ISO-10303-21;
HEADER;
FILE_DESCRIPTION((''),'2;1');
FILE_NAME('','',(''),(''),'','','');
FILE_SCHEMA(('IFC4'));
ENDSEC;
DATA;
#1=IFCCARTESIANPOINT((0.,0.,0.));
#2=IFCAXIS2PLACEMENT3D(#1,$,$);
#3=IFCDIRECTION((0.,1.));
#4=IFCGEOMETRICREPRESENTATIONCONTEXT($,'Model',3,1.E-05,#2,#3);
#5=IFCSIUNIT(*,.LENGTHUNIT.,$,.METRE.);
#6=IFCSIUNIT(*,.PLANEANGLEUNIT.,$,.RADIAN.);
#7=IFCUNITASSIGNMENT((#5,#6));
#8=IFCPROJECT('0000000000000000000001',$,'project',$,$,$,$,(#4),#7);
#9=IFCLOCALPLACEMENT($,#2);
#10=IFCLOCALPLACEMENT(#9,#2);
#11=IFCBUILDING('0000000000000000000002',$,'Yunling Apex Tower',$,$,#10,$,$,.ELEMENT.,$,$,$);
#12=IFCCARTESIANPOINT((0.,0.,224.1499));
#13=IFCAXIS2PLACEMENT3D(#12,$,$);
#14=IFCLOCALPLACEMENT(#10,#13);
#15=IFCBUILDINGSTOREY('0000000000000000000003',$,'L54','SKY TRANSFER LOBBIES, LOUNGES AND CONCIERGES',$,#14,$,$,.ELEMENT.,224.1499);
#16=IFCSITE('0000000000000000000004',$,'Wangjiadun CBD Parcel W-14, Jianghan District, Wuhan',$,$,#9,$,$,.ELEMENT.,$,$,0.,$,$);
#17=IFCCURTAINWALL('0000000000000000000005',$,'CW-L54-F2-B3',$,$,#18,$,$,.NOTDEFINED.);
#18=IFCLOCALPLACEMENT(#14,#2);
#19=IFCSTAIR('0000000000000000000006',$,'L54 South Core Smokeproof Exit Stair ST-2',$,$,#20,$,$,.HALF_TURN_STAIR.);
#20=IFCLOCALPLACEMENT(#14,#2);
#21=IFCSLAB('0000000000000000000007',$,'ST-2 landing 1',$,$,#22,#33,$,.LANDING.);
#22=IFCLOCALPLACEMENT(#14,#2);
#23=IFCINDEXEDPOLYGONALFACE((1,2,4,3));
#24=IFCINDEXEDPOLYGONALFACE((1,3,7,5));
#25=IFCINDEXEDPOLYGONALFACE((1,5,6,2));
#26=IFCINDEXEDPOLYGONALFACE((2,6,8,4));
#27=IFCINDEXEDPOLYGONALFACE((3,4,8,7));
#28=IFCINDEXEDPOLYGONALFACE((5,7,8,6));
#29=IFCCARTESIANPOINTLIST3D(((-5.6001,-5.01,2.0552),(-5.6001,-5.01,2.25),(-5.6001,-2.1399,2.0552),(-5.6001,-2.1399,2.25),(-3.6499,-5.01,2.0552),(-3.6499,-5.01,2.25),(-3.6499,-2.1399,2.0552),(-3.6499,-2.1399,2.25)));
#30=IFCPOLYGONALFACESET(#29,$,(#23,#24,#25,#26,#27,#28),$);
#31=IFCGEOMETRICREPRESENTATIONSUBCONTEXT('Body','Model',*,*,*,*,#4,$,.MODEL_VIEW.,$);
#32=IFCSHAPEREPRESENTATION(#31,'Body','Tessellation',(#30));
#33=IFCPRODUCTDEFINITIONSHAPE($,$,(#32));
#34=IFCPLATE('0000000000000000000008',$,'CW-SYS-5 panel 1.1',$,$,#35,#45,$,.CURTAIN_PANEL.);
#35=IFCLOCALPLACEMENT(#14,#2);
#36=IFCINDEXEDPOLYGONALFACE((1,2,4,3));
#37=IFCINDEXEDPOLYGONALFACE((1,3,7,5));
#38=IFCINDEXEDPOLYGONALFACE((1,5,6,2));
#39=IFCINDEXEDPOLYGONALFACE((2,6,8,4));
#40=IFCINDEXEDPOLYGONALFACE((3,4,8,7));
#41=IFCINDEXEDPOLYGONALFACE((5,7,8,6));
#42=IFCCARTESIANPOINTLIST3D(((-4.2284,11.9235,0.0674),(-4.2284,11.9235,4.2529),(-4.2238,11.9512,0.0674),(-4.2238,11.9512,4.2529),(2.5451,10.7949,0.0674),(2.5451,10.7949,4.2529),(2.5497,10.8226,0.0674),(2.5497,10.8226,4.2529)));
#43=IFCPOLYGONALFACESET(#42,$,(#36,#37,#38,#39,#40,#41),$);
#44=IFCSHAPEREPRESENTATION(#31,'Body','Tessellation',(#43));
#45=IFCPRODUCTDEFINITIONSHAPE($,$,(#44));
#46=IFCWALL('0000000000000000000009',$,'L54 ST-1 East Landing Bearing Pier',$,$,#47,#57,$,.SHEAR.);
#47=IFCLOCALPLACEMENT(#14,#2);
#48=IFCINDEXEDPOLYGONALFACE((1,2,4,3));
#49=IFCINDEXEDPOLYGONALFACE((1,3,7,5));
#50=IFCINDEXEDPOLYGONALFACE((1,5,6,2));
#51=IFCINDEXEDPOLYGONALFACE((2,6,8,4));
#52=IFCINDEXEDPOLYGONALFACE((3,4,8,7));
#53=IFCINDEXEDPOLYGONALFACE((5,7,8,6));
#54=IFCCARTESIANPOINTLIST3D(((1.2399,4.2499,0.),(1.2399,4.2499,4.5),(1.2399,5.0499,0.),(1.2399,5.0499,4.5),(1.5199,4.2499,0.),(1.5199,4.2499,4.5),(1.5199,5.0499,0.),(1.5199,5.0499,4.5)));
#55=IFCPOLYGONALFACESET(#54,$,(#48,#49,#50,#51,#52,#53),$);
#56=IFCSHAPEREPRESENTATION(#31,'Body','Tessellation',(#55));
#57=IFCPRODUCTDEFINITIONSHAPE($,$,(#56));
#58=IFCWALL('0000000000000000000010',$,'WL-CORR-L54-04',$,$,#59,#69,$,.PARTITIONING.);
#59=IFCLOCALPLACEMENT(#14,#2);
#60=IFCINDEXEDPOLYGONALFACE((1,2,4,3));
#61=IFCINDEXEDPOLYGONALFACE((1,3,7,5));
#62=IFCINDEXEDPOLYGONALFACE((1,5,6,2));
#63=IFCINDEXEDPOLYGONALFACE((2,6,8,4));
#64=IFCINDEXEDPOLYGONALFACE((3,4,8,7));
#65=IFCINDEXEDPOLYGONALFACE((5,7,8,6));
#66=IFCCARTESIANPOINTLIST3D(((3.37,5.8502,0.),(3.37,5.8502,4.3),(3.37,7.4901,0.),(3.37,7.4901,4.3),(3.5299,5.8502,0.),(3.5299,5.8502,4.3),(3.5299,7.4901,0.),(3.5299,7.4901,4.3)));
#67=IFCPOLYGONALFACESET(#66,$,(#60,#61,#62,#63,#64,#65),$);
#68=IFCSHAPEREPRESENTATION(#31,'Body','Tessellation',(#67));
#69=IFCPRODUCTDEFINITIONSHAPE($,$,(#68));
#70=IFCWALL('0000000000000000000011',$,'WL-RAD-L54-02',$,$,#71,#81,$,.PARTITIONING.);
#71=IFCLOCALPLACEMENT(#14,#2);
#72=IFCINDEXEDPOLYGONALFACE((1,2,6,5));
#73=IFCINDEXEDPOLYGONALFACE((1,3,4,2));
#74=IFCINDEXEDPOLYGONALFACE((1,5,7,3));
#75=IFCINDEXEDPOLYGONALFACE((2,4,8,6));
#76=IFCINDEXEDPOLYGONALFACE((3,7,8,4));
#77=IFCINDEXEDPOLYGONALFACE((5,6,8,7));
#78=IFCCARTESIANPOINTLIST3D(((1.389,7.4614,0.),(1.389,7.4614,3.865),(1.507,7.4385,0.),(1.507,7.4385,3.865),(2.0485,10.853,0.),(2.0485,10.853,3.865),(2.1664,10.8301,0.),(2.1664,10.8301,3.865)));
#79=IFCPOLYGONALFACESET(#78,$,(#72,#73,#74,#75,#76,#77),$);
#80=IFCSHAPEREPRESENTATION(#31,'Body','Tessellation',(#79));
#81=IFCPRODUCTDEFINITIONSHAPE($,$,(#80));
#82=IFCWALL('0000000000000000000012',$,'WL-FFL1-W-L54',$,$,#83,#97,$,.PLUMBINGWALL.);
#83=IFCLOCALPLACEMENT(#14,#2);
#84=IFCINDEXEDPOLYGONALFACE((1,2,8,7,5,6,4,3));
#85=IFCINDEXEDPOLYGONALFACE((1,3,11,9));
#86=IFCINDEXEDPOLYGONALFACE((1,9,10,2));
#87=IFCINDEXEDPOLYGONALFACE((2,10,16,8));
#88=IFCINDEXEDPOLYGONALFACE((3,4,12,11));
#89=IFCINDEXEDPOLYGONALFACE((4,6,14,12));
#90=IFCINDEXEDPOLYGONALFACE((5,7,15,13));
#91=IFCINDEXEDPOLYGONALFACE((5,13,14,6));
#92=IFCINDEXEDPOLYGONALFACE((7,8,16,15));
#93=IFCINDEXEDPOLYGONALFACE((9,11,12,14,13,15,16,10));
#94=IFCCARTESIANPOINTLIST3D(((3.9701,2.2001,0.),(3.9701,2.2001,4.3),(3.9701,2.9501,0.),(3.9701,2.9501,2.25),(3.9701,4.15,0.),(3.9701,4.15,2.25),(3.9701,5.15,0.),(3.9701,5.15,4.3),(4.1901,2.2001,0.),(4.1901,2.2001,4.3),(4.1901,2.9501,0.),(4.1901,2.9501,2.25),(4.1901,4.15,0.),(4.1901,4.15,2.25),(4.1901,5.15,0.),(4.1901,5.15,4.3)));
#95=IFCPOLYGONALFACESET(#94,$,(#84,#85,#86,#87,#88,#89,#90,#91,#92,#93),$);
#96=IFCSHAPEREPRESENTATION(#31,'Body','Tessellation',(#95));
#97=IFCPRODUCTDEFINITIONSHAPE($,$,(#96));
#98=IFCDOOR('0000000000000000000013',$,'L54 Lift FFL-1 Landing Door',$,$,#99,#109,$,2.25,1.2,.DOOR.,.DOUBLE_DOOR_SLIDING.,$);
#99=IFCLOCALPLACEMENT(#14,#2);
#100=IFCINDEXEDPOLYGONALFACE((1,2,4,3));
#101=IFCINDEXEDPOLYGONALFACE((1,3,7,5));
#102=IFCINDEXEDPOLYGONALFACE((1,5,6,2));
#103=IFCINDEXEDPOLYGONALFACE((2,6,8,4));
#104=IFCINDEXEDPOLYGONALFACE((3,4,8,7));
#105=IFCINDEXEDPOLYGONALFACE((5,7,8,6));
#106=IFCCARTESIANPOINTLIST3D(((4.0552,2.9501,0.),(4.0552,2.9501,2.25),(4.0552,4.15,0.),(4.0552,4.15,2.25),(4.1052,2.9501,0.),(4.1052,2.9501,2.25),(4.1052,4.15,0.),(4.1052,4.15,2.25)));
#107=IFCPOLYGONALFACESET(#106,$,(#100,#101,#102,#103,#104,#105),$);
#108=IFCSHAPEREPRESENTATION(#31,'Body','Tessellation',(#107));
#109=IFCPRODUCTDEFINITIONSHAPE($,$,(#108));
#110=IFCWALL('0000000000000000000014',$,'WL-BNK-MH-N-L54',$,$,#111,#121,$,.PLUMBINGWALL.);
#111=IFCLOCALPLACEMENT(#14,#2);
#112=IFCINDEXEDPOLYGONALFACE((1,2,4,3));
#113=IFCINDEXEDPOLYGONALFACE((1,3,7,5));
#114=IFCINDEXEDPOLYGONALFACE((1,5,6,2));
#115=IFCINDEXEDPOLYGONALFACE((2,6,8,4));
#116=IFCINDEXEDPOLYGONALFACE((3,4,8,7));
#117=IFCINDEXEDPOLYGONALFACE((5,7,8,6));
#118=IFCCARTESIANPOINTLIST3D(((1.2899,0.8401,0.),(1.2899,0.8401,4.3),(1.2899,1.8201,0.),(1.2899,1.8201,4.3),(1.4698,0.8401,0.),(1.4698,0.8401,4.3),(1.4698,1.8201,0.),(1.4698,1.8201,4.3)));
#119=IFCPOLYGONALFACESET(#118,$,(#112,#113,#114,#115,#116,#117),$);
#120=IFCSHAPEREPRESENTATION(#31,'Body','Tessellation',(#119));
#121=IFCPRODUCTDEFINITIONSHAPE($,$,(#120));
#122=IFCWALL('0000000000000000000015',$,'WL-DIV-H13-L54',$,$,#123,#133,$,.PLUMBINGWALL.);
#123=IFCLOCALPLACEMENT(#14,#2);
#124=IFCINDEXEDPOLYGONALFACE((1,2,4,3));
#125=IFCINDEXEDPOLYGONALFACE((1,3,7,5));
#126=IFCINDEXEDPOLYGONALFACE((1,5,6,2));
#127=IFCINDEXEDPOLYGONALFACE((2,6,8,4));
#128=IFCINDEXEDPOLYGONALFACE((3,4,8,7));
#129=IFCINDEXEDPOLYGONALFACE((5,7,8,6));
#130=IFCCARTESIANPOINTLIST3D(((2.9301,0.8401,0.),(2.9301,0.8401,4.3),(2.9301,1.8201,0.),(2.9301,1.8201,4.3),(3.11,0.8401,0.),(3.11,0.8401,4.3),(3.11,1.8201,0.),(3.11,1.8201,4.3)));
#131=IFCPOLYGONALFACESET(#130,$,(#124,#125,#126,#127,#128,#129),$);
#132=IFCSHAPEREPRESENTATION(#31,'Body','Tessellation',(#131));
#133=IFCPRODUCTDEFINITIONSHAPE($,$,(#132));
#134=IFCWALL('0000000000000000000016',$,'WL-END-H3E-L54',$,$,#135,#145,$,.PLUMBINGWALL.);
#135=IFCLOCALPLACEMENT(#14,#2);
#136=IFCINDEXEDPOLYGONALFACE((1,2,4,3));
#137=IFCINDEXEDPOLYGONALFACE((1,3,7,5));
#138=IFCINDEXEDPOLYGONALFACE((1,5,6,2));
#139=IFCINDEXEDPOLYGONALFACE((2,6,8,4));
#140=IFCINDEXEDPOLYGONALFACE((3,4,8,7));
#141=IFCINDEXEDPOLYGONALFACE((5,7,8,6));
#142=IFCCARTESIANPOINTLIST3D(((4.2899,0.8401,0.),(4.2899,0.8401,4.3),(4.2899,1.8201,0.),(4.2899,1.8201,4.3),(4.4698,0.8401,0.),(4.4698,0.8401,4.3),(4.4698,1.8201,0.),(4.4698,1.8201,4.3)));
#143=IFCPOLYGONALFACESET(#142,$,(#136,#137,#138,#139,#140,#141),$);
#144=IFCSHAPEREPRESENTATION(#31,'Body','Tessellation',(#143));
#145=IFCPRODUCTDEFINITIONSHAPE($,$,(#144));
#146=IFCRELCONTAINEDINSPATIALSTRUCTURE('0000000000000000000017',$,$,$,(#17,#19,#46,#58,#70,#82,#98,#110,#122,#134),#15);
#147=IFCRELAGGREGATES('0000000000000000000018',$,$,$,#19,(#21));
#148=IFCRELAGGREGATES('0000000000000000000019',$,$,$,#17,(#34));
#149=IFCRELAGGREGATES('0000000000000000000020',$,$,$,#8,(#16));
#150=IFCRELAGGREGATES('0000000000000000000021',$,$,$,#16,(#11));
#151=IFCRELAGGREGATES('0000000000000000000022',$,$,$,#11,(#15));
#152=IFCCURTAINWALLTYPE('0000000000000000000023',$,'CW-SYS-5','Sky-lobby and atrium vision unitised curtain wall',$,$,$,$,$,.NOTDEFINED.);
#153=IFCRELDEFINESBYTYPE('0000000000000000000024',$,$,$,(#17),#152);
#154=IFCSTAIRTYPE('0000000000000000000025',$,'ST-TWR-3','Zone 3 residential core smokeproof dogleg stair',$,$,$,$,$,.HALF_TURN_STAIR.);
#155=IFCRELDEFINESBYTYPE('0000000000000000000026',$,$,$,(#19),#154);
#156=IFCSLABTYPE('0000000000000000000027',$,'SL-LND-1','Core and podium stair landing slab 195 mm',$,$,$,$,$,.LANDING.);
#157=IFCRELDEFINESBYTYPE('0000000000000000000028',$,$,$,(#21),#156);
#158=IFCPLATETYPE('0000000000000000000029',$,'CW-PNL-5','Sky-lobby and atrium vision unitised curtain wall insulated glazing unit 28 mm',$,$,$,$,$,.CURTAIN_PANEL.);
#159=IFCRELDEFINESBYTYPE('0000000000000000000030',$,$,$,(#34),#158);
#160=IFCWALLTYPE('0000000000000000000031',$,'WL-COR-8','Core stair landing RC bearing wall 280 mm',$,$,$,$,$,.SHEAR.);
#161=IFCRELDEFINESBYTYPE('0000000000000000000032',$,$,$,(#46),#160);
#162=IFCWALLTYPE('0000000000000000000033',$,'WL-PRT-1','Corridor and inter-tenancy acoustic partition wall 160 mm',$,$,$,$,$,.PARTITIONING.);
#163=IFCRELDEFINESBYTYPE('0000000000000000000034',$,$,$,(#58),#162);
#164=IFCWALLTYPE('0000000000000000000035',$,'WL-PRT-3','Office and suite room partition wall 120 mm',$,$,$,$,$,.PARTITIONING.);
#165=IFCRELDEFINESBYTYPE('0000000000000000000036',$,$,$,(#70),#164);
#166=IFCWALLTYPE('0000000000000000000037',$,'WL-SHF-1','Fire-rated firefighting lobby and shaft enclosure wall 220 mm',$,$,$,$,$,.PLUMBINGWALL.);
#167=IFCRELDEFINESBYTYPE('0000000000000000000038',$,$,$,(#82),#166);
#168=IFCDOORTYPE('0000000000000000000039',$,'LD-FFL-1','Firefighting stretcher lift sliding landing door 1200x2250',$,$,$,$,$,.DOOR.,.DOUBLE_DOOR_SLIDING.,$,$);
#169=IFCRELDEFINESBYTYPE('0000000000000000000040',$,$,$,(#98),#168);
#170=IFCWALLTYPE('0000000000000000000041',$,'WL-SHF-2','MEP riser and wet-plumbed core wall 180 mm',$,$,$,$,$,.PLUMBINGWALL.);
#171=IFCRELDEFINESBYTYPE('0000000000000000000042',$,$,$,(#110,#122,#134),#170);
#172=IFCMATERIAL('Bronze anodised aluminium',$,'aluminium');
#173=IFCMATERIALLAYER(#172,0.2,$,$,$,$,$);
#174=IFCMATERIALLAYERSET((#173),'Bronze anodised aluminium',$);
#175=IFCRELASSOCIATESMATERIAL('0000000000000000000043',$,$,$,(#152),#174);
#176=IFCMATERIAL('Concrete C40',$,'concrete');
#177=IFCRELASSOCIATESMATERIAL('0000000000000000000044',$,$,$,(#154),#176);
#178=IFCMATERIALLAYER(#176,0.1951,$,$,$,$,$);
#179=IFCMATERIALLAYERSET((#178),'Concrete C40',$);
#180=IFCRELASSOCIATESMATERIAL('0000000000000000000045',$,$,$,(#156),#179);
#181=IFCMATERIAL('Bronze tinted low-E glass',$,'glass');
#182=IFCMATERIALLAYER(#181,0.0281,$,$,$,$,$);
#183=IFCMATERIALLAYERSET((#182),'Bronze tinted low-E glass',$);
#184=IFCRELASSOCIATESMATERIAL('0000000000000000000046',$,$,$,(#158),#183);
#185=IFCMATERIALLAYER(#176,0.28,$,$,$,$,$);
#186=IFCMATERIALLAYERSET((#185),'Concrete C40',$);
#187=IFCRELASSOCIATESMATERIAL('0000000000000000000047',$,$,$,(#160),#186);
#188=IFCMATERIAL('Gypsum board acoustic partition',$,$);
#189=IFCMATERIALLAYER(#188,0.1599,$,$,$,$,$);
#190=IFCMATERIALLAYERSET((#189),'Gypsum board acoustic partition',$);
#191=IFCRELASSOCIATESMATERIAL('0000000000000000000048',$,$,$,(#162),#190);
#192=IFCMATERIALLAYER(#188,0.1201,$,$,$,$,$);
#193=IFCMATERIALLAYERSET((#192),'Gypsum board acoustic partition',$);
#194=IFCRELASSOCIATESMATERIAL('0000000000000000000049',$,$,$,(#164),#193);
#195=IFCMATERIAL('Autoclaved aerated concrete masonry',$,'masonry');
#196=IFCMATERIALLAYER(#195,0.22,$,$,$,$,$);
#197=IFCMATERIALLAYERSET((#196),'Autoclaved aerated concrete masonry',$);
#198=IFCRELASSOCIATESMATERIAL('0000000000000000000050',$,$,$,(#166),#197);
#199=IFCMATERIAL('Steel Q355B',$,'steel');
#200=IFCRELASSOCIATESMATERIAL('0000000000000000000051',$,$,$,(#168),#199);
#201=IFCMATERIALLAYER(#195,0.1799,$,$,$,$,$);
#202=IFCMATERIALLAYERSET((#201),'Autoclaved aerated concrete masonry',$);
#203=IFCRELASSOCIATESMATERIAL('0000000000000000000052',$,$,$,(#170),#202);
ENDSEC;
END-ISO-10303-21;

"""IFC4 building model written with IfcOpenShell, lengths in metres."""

from ifc_helpers import new_model, si_unit, direction, frame, frame_2d, origin, origin_2d, place, context, subcontext, project, spatial, polyline, rectangle, outline, extrude, source, transform, mapped, material, layer, layer_set, type_object, element, fill, aggregate, save


model = new_model("IFC4")

# Units and contexts
model_context = context("Model", 3, precision=1e-05, world=origin(), true_north=direction((0.0, 1.0)))
body_context = subcontext(model_context, "Body", "Model", "MODEL_VIEW")
ifc_project = project(units=[si_unit("LENGTHUNIT", "METRE"), si_unit("PLANEANGLEUNIT", "RADIAN")], contexts=[model_context])

# Site, building, storey
site_placement = place(None, origin())
site = spatial("IfcSite", under=ifc_project, at=site_placement, Name="Wangjiadun CBD Parcel W-14, Jianghan District, Wuhan", CompositionType="ELEMENT", RefElevation=0.0)
building_placement = place(site_placement, origin())
building = spatial("IfcBuilding", under=site, at=building_placement, Name="Yunling Apex Tower", CompositionType="ELEMENT")
storey_placement = place(building_placement, frame((0.0, 0.0, 224.1499)))
storey = spatial("IfcBuildingStorey", under=building, at=storey_placement, Name="L54", Description="SKY TRANSFER LOBBIES, LOUNGES AND CONCIERGES", CompositionType="ELEMENT", Elevation=224.1499)

# Shared definitions
ifc_material_1 = material(Name="Steel Q355B", Category="steel")

# Shared definitions
ifc_material_2 = material(Name="Bronze anodised aluminium", Category="aluminium")
ifc_layer_1 = layer(ifc_material_2, 0.2)
ifc_layer_set_1 = layer_set([ifc_layer_1], Name="Bronze anodised aluminium")
curtain_wall_type = type_object("IfcCurtainWallType", Name="CW-SYS-5", Description="Sky-lobby and atrium vision unitised curtain wall", PredefinedType="NOTDEFINED", material=ifc_layer_set_1)

# Curtain wall
curtain_wall_1_placement = place(storey_placement, origin())
curtain_wall_1 = element("IfcCurtainWall", 1, at=curtain_wall_1_placement, inside=storey, type_object=curtain_wall_type, Name="CW-L54-F2-B3", PredefinedType="NOTDEFINED")

# Shared definitions
ifc_material_3 = material(Name="Concrete C40", Category="concrete")

# Stair, slab
stair_type = type_object("IfcStairType", Name="ST-TWR-3", Description="Zone 3 residential core smokeproof dogleg stair", PredefinedType="HALF_TURN_STAIR", material=ifc_material_3)
ifc_layer_2 = layer(ifc_material_3, 0.1951)
ifc_layer_set_2 = layer_set([ifc_layer_2], Name="Concrete C40")
slab_type_1 = type_object("IfcSlabType", Name="SL-LND-1", Description="Core and podium stair landing slab 195 mm", PredefinedType="LANDING", material=ifc_layer_set_2)
stair_1_placement = place(storey_placement, origin())
stair_1 = element("IfcStair", 2, at=stair_1_placement, inside=storey, type_object=stair_type, Name="L54 South Core Smokeproof Exit Stair ST-2", PredefinedType="HALF_TURN_STAIR")
slab_1_placement = place(storey_placement, frame((0.0, 0.0, 2.0552)))
slab_1 = element("IfcSlab", 3, at=slab_1_placement, type_object=slab_type_1, Name="ST-2 landing 1", PredefinedType="LANDING", context=body_context, shape_type="SweptSolid", body=[
    extrude(outline(polyline([(-3.6499, -2.1399), (-5.6001, -2.1399), (-5.6001, -5.01), (-3.6499, -5.01), (-3.6499, -2.1399)])), origin(), (0.0, 0.0, 1.0), 0.1948),
])
aggregate(stair_1, [slab_1])

# Plate
ifc_material_4 = material(Name="Bronze tinted low-E glass", Category="glass")
ifc_layer_3 = layer(ifc_material_4, 0.0281)
ifc_layer_set_3 = layer_set([ifc_layer_3], Name="Bronze tinted low-E glass")
plate_type = type_object("IfcPlateType", Name="CW-PNL-5", Description="Sky-lobby and atrium vision unitised curtain wall insulated glazing unit 28 mm", PredefinedType="CURTAIN_PANEL", material=ifc_layer_set_3)
shared_shape_1 = source(origin(), body_context, "Body", "SweptSolid", [
    extrude(rectangle(XDim=6.8669, YDim=0.0281, at=origin_2d()), origin(), (0.0, 0.0, 1.0), 4.1855),
])
plate_placement = place(storey_placement, frame((-0.8394, 11.373, 0.0674), z_axis=(0.0, 0.0, 1.0), x_axis=(-0.986402, 0.164353, 0.0)))
plate = element("IfcPlate", 4, at=plate_placement, type_object=plate_type, Name="CW-SYS-5 panel 1.1", PredefinedType="CURTAIN_PANEL", context=body_context, shape_type="MappedRepresentation", body=[
    mapped(shared_shape_1, transform((0.0, 0.0, 0.0), scale=1.0)),
])
aggregate(curtain_wall_1, [plate])

# Walls
ifc_layer_4 = layer(ifc_material_3, 0.28)
ifc_layer_set_4 = layer_set([ifc_layer_4], Name="Concrete C40")
wall_type_1 = type_object("IfcWallType", Name="WL-COR-8", Description="Core stair landing RC bearing wall 280 mm", PredefinedType="SHEAR", material=ifc_layer_set_4)
wall_1_placement = place(storey_placement, frame((1.3799, 4.25, 0.0), z_axis=(0.0, 0.0, 1.0), x_axis=(0.0, 1.0, 0.0)))
element("IfcWall", 5, at=wall_1_placement, inside=storey, type_object=wall_type_1, Name="L54 ST-1 East Landing Bearing Pier", PredefinedType="SHEAR", context=body_context, shape_type="SweptSolid", body=[
    extrude(rectangle(XDim=0.8, YDim=0.28, at=frame_2d((0.3999, 0.0))), origin(), (0.0, 0.0, 1.0), 4.5),
])
ifc_material_5 = material(Name="Gypsum board acoustic partition")
ifc_layer_5 = layer(ifc_material_5, 0.1599)
ifc_layer_set_5 = layer_set([ifc_layer_5], Name="Gypsum board acoustic partition")
wall_type_2 = type_object("IfcWallType", Name="WL-PRT-1", Description="Corridor and inter-tenancy acoustic partition wall 160 mm", PredefinedType="PARTITIONING", material=ifc_layer_set_5)
wall_2_placement = place(storey_placement, frame((3.45, 7.49, 0.0), z_axis=(0.0, 0.0, 1.0), x_axis=(0.0, -1.0, 0.0)))
element("IfcWall", 6, at=wall_2_placement, inside=storey, type_object=wall_type_2, Name="WL-CORR-L54-04", PredefinedType="PARTITIONING", context=body_context, shape_type="SweptSolid", body=[
    extrude(rectangle(XDim=1.6399, YDim=0.1599, at=frame_2d((0.8198, 0.0))), origin(), (0.0, 0.0, 1.0), 4.3),
])
ifc_layer_6 = layer(ifc_material_5, 0.1201)
ifc_layer_set_6 = layer_set([ifc_layer_6], Name="Gypsum board acoustic partition")
wall_type_3 = type_object("IfcWallType", Name="WL-PRT-3", Description="Office and suite room partition wall 120 mm", PredefinedType="PARTITIONING", material=ifc_layer_set_6)
wall_3_placement = place(storey_placement, frame((1.448, 7.45, 0.0), z_axis=(0.0, 0.0, 1.0), x_axis=(0.190855, 0.981618, 0.0)))
element("IfcWall", 7, at=wall_3_placement, inside=storey, type_object=wall_type_3, Name="WL-RAD-L54-02", PredefinedType="PARTITIONING", context=body_context, shape_type="SweptSolid", body=[
    extrude(rectangle(XDim=3.4551, YDim=0.1201, at=frame_2d((1.7275, 0.0))), origin(), (0.0, 0.0, 1.0), 3.865),
])

# Wall, opening, door
ifc_material_6 = material(Name="Autoclaved aerated concrete masonry", Category="masonry")
ifc_layer_7 = layer(ifc_material_6, 0.22)
ifc_layer_set_7 = layer_set([ifc_layer_7], Name="Autoclaved aerated concrete masonry")
wall_type_4 = type_object("IfcWallType", Name="WL-SHF-1", Description="Fire-rated firefighting lobby and shaft enclosure wall 220 mm", PredefinedType="PLUMBINGWALL", material=ifc_layer_set_7)
wall_4_placement = place(storey_placement, frame((4.0801, 2.2, 0.0), z_axis=(0.0, 0.0, 1.0), x_axis=(0.0, 1.0, 0.0)))
wall_4 = element("IfcWall", 8, at=wall_4_placement, inside=storey, type_object=wall_type_4, Name="WL-FFL1-W-L54", PredefinedType="PLUMBINGWALL", context=body_context, shape_type="SweptSolid", body=[
    extrude(rectangle(XDim=2.95, YDim=0.22, at=frame_2d((1.4751, 0.0))), origin(), (0.0, 0.0, 1.0), 4.3),
])
opening_1_placement = place(wall_4_placement, frame((0.75, 0.0, 0.0)))
opening_1 = element("IfcOpeningElement", 9, at=opening_1_placement, cuts=wall_4, PredefinedType="OPENING", context=body_context, shape_type="SweptSolid", body=[
    extrude(rectangle(XDim=1.2, YDim=2.25, at=frame_2d((0.6001, 1.125))), frame((0.0, 0.1201, 0.0), z_axis=(0.0, -1.0, 0.0), x_axis=(1.0, 0.0, 0.0)), (0.0, 0.0, 1.0), 0.24),
])
door_type_1 = type_object("IfcDoorType", Name="LD-FFL-1", Description="Firefighting stretcher lift sliding landing door 1200x2250", OperationType="DOUBLE_DOOR_SLIDING", PredefinedType="DOOR", material=ifc_material_1)
door_1_placement = place(opening_1_placement, origin())
door_1 = element("IfcDoor", 10, at=door_1_placement, inside=storey, type_object=door_type_1, Name="L54 Lift FFL-1 Landing Door", OperationType="DOUBLE_DOOR_SLIDING", OverallHeight=2.25, OverallWidth=1.2, PredefinedType="DOOR", context=body_context, shape_type="SweptSolid", body=[
    extrude(rectangle(XDim=1.2, YDim=2.25, at=frame_2d((0.6001, 1.125))), frame((0.0, 0.0249, 0.0), z_axis=(0.0, -1.0, 0.0), x_axis=(1.0, 0.0, 0.0)), (0.0, 0.0, 1.0), 0.05),
])
fill(opening_1, door_1)

# Walls
ifc_layer_8 = layer(ifc_material_6, 0.1799)
ifc_layer_set_8 = layer_set([ifc_layer_8], Name="Autoclaved aerated concrete masonry")
wall_type_5 = type_object("IfcWallType", Name="WL-SHF-2", Description="MEP riser and wet-plumbed core wall 180 mm", PredefinedType="PLUMBINGWALL", material=ifc_layer_set_8)
for number, where, z_axis, x_axis, name in (
    (11, (1.3799, 0.8401, 0.0), (0.0, 0.0, 1.0), (0.0, 1.0, 0.0), "WL-BNK-MH-N-L54"),
    (12, (3.02, 0.8401, 0.0), (0.0, 0.0, 1.0), (0.0, 1.0, 0.0), "WL-DIV-H13-L54"),
    (13, (4.3799, 0.8401, 0.0), (0.0, 0.0, 1.0), (0.0, 1.0, 0.0), "WL-END-H3E-L54"),
):
    element("IfcWall", number, at=place(storey_placement, frame(where, z_axis=z_axis, x_axis=x_axis)), inside=storey, type_object=wall_type_5, Name=name, PredefinedType="PLUMBINGWALL", context=body_context, shape_type="SweptSolid", body=[
        extrude(rectangle(XDim=0.98, YDim=0.1799, at=frame_2d((0.49, 0.0))), origin(), (0.0, 0.0, 1.0), 4.3),
    ])

save(model, "model.ifc")
